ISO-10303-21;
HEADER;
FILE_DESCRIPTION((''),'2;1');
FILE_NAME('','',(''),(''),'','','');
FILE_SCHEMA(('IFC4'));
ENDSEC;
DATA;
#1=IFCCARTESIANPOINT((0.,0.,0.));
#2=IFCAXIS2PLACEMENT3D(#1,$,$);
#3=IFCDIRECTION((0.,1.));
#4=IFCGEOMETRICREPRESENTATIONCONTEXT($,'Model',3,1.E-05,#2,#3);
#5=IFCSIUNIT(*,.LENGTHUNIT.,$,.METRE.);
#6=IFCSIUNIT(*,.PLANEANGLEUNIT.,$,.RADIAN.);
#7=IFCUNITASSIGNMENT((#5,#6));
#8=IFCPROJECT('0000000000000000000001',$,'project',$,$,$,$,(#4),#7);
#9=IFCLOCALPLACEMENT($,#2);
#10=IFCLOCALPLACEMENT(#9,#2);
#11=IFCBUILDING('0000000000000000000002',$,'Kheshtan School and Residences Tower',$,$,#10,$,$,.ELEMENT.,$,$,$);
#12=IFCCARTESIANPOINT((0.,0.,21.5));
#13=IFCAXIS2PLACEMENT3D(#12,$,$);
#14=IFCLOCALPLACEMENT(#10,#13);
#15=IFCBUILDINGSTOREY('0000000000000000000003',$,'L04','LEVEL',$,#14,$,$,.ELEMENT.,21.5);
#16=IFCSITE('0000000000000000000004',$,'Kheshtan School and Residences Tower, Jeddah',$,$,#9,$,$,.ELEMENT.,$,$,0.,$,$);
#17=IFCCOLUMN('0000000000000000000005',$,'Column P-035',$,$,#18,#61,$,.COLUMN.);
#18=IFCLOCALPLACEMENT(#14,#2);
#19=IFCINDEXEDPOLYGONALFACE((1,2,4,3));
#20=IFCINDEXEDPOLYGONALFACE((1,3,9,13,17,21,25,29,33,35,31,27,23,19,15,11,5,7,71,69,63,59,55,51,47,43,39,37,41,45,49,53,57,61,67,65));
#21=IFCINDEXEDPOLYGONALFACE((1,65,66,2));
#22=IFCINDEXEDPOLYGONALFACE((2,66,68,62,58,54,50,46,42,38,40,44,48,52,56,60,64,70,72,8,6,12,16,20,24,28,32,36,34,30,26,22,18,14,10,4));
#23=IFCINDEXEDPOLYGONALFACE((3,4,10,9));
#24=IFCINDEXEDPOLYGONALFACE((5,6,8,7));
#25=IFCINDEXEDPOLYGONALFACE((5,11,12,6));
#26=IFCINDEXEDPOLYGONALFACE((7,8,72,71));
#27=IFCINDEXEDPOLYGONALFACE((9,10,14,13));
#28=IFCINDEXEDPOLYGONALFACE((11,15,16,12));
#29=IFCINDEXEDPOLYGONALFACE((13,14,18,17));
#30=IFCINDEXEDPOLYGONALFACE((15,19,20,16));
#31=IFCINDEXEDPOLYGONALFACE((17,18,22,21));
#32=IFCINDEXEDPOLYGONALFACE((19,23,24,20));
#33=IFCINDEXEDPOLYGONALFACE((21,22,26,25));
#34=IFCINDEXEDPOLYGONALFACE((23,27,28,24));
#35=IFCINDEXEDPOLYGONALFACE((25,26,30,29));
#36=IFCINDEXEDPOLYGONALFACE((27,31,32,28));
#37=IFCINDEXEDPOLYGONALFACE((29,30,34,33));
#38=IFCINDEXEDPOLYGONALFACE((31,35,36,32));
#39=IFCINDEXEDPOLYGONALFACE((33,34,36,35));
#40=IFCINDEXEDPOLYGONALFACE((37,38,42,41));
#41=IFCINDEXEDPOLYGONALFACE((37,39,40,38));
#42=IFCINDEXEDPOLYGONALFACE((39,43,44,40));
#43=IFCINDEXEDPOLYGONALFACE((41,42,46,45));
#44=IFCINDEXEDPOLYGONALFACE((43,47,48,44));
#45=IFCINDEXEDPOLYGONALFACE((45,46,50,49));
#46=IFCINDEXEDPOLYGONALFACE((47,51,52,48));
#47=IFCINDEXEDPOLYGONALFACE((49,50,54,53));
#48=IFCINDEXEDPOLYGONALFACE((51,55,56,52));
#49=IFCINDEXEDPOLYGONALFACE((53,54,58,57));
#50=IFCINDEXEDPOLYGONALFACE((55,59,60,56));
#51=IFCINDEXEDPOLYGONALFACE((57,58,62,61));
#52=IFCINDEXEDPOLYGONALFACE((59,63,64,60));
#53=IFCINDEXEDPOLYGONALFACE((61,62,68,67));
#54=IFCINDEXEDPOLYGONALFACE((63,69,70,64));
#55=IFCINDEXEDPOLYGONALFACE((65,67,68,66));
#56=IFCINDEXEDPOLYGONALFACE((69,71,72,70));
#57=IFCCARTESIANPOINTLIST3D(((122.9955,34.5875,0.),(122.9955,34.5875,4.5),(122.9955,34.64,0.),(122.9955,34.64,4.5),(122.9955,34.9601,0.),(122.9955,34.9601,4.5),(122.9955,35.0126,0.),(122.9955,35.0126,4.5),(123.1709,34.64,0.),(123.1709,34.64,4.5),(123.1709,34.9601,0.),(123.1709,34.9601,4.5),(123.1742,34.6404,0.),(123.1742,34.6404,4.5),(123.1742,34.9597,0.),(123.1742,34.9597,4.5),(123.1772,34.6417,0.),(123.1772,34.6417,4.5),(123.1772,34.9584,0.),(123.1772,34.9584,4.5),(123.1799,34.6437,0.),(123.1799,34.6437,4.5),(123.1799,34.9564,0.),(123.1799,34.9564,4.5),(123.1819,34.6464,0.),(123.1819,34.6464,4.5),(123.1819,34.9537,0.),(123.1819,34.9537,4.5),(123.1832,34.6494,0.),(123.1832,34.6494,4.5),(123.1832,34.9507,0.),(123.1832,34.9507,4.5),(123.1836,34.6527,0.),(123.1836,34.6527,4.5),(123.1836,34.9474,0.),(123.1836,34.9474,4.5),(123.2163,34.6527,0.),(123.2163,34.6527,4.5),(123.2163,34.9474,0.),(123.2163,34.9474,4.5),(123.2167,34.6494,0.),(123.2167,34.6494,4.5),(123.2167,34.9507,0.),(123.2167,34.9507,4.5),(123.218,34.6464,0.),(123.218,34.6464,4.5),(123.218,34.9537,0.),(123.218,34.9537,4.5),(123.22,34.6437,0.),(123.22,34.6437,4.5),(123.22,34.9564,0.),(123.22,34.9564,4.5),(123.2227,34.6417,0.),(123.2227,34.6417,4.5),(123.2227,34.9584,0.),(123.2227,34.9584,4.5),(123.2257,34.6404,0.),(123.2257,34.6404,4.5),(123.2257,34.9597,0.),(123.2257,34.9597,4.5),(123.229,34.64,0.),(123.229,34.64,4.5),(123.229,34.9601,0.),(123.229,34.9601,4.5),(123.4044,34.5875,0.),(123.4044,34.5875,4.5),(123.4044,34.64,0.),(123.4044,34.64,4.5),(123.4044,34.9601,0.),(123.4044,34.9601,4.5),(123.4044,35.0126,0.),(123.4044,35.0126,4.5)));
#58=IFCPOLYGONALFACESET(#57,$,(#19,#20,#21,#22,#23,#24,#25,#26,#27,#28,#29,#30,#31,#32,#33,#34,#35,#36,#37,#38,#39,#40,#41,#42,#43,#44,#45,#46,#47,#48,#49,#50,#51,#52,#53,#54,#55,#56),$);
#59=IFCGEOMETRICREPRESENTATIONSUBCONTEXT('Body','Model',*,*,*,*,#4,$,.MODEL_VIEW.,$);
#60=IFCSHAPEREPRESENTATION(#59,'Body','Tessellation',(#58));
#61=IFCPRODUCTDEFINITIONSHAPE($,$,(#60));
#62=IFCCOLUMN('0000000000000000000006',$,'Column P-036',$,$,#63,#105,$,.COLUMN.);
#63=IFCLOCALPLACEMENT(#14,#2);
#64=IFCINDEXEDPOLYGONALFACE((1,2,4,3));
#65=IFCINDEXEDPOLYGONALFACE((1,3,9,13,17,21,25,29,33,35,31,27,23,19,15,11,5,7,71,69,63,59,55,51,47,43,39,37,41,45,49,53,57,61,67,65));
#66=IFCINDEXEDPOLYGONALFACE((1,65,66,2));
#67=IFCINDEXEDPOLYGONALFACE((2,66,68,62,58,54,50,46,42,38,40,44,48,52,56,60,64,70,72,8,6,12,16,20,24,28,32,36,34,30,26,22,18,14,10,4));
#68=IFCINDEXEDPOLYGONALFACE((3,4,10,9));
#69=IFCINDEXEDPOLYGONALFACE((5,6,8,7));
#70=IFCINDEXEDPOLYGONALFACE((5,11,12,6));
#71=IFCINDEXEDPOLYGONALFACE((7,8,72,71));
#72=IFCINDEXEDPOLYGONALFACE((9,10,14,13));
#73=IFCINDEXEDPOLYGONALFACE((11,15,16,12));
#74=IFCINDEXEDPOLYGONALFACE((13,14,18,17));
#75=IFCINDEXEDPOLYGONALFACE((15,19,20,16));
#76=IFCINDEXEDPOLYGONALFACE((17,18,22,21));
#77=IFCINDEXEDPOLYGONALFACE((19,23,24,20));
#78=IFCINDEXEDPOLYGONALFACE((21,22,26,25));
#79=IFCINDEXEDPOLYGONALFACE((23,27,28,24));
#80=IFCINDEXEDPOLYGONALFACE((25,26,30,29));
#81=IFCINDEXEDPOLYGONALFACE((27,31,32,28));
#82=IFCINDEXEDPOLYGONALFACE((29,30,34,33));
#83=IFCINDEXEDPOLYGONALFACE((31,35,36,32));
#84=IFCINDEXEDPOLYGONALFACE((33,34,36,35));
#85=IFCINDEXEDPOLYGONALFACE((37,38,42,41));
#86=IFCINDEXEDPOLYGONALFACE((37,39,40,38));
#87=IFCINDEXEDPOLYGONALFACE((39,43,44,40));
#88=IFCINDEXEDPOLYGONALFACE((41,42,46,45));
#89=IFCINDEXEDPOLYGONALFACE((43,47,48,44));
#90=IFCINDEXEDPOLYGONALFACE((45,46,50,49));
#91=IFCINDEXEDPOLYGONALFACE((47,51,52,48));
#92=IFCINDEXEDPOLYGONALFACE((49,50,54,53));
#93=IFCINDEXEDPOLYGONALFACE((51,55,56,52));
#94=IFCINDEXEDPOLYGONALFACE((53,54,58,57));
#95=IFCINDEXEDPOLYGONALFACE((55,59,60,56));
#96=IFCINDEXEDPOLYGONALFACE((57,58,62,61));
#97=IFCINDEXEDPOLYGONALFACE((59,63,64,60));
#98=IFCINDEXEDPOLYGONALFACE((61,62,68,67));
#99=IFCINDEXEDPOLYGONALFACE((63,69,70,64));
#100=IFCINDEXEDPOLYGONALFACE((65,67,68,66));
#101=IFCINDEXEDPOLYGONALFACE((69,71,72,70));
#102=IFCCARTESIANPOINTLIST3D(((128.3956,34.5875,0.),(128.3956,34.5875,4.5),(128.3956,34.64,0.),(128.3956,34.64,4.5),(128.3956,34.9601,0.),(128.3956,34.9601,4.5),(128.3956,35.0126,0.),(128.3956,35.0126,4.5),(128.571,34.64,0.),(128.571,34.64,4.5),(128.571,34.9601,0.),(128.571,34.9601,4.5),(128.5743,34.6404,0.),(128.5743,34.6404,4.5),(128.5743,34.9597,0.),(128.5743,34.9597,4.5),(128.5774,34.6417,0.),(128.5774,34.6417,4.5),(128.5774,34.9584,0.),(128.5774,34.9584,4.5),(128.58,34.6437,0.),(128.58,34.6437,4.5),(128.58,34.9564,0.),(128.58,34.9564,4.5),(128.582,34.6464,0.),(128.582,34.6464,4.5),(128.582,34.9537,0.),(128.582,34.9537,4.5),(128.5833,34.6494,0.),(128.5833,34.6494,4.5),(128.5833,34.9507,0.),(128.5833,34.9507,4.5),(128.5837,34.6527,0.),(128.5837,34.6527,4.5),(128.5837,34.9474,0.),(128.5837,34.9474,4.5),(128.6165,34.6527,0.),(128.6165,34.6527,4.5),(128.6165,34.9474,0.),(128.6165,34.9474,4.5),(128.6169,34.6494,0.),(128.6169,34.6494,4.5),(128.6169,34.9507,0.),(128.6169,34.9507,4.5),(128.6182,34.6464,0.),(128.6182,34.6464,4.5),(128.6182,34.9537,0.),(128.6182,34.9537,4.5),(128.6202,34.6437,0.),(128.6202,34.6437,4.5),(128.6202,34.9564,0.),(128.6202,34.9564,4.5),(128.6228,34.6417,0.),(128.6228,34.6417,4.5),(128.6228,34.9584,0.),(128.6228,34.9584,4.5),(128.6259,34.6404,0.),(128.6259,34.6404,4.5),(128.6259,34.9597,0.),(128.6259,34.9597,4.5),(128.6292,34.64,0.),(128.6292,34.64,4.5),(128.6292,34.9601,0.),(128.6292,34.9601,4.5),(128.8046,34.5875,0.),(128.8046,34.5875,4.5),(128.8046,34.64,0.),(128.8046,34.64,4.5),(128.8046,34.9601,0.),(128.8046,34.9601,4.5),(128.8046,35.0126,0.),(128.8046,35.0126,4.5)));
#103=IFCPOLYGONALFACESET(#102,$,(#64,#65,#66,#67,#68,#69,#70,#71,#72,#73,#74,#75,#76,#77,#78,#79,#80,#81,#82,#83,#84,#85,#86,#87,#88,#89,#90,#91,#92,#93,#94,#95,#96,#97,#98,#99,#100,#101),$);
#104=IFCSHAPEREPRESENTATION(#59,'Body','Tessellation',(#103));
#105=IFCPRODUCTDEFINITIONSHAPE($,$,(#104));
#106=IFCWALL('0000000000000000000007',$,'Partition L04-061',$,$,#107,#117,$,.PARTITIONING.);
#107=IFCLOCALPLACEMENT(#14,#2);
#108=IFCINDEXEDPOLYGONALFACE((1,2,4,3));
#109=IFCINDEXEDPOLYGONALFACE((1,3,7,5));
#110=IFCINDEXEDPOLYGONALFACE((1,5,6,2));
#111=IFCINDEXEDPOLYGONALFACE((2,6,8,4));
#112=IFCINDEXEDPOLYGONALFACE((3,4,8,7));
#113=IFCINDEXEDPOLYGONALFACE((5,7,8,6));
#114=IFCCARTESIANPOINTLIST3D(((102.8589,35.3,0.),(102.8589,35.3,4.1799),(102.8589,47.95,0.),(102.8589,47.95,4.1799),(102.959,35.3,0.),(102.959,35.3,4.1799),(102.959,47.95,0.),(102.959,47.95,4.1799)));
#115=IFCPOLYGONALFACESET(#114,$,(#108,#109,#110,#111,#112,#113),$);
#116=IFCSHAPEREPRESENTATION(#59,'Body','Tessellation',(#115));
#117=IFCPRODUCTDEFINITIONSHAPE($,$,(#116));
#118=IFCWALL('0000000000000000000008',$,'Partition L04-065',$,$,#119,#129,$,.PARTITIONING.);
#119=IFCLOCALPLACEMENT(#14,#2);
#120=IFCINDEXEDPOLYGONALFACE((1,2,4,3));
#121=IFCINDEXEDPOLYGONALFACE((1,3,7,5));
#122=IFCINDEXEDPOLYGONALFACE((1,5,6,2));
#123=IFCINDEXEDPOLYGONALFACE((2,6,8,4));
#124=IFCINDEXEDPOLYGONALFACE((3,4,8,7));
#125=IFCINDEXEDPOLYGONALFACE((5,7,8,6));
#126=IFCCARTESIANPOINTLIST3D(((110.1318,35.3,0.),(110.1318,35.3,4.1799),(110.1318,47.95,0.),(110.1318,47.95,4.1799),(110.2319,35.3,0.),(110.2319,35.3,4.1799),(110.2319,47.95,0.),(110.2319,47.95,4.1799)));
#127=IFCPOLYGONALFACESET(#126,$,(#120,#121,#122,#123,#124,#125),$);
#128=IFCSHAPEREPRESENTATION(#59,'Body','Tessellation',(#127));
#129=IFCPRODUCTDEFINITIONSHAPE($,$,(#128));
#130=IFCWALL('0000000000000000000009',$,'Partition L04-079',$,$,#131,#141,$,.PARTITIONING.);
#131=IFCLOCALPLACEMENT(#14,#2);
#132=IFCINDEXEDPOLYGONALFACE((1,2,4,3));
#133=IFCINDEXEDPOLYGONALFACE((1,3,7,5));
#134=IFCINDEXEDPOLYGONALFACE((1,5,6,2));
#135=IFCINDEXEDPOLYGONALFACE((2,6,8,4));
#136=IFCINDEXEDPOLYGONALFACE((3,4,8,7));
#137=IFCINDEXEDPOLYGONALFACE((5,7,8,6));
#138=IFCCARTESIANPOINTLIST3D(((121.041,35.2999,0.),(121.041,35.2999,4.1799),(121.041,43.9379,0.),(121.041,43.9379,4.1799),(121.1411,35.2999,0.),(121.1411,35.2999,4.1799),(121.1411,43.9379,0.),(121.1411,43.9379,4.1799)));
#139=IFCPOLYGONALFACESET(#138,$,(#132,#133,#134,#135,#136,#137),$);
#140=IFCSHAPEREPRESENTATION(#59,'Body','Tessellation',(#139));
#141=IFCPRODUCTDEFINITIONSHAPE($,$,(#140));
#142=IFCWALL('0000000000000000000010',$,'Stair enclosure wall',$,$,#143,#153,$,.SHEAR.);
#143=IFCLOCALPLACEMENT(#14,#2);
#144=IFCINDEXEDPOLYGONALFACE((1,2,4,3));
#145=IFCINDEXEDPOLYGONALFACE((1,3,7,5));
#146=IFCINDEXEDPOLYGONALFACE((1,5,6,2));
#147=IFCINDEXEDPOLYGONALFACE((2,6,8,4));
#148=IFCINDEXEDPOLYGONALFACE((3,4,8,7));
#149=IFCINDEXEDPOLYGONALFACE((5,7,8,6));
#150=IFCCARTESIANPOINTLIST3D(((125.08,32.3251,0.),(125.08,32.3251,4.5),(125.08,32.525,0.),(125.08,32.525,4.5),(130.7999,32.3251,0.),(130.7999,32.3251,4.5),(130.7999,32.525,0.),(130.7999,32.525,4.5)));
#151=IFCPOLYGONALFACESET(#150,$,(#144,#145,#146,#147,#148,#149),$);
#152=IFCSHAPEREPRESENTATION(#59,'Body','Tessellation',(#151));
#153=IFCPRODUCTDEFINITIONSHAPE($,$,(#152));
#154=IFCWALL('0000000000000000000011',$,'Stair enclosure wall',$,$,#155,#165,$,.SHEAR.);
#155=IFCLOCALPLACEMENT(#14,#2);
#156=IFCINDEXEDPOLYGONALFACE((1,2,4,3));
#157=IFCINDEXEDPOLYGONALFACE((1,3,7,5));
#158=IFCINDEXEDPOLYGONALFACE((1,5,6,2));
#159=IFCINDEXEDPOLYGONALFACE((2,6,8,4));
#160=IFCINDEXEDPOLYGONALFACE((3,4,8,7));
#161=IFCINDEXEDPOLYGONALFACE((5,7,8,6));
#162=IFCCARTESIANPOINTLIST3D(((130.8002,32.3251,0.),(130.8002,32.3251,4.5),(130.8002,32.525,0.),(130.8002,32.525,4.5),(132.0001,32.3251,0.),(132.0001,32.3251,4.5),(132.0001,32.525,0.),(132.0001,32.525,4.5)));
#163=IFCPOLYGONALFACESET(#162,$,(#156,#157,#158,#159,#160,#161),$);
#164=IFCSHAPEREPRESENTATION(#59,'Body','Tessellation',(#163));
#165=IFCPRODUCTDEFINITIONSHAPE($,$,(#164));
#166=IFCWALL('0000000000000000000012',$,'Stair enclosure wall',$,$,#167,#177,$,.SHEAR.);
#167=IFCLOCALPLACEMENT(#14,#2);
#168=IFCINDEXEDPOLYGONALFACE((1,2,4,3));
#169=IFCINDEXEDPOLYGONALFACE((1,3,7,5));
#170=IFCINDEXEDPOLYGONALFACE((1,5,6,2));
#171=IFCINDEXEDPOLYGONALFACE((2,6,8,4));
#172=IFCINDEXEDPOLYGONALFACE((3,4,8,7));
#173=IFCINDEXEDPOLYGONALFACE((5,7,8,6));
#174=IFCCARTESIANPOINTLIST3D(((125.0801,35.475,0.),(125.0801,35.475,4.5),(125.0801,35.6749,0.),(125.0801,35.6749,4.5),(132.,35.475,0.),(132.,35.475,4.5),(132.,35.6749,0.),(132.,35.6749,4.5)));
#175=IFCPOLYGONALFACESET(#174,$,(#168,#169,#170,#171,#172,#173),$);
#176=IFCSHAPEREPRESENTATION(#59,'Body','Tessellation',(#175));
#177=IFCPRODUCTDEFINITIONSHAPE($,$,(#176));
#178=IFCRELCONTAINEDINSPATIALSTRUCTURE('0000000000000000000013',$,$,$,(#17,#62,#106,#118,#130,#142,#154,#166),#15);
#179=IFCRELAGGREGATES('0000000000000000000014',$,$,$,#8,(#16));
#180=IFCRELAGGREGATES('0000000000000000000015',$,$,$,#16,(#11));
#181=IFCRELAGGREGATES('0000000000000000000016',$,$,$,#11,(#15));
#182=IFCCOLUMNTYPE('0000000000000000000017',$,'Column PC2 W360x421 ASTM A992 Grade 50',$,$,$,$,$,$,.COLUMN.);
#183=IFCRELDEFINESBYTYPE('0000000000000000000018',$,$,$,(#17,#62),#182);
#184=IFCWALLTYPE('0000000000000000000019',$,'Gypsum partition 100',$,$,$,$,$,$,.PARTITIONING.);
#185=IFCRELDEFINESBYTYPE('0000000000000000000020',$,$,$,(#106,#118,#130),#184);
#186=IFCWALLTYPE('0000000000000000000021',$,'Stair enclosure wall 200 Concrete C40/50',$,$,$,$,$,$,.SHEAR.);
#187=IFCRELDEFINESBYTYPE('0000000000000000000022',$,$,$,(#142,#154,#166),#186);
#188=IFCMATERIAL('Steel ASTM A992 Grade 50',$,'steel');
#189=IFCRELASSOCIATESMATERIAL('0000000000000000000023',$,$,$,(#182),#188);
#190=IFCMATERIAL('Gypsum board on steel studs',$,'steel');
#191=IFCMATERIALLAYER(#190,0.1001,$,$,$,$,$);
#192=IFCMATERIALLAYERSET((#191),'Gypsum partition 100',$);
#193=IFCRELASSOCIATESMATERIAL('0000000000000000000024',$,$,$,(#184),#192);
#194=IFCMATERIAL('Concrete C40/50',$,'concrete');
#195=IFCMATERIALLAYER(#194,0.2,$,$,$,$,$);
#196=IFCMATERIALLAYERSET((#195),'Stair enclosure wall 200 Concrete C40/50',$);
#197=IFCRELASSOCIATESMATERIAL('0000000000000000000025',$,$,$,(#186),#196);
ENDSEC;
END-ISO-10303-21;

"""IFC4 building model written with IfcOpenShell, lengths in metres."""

from ifc_helpers import new_model, si_unit, direction, frame, frame_2d, origin, origin_2d, place, context, subcontext, project, spatial, rectangle, i_section, extrude, material, layer, layer_set, material_profile, profile_set, type_object, element, save


model = new_model("IFC4")

# Units and contexts
model_context = context("Model", 3, precision=1e-05, world=origin(), true_north=direction((0.0, 1.0)))
body_context = subcontext(model_context, "Body", "Model", "MODEL_VIEW")
ifc_project = project(units=[si_unit("LENGTHUNIT", "METRE"), si_unit("PLANEANGLEUNIT", "RADIAN")], contexts=[model_context])

# Site, building, storey
site_placement = place(None, origin())
site = spatial("IfcSite", under=ifc_project, at=site_placement, Name="Kheshtan School and Residences Tower, Jeddah", CompositionType="ELEMENT", RefElevation=0.0)
building_placement = place(site_placement, origin())
building = spatial("IfcBuilding", under=site, at=building_placement, Name="Kheshtan School and Residences Tower", CompositionType="ELEMENT")
storey_placement = place(building_placement, frame((0.0, 0.0, 21.5)))
storey = spatial("IfcBuildingStorey", under=building, at=storey_placement, Name="L04", Description="LEVEL", CompositionType="ELEMENT", Elevation=21.5)

# Columns
ifc_material_1 = material(Name="Steel ASTM A992 Grade 50", Category="steel")
ifc_material_profile = material_profile(ifc_material_1, i_section(OverallWidth=0.4089, OverallDepth=0.425, WebThickness=0.0327, FlangeThickness=0.0525, FilletRadius=0.0127, at=origin_2d()), Name="W360x421")
ifc_profile_set = profile_set([ifc_material_profile], Name="Steel ASTM A992 Grade 50")
column_type = type_object("IfcColumnType", Name="Column PC2 W360x421 ASTM A992 Grade 50", PredefinedType="COLUMN", material=ifc_profile_set)
for number, where, z_axis, x_axis, name in (
    (1, (123.2, 34.8, 0.0), (0.0, 0.0, 1.0), (1.0, 0.0, 0.0), "Column P-035"),
    (2, (128.6001, 34.8, 0.0), (0.0, 0.0, 1.0), (1.0, 0.0, 0.0), "Column P-036"),
):
    element("IfcColumn", number, at=place(storey_placement, frame(where, z_axis=z_axis, x_axis=x_axis)), inside=storey, type_object=column_type, Name=name, PredefinedType="COLUMN", context=body_context, shape_type="SweptSolid", body=[
        extrude(i_section(OverallWidth=0.4089, OverallDepth=0.425, WebThickness=0.0327, FlangeThickness=0.0525, FilletRadius=0.0127, at=origin_2d()), origin(), (0.0, 0.0, 1.0), 4.5),
    ])

# Walls
ifc_material_2 = material(Name="Gypsum board on steel studs", Category="steel")
ifc_layer_1 = layer(ifc_material_2, 0.1001)
ifc_layer_set_1 = layer_set([ifc_layer_1], Name="Gypsum partition 100")
wall_type_1 = type_object("IfcWallType", Name="Gypsum partition 100", PredefinedType="PARTITIONING", material=ifc_layer_set_1)
for number, where, z_axis, x_axis, name in (
    (3, (102.9089, 35.3, 0.0), (0.0, 0.0, 1.0), (0.0, 1.0, 0.0), "Partition L04-061"),
    (4, (110.1819, 35.3, 0.0), (0.0, 0.0, 1.0), (0.0, 1.0, 0.0), "Partition L04-065"),
):
    element("IfcWall", number, at=place(storey_placement, frame(where, z_axis=z_axis, x_axis=x_axis)), inside=storey, type_object=wall_type_1, Name=name, PredefinedType="PARTITIONING", context=body_context, shape_type="SweptSolid", body=[
        extrude(rectangle(XDim=12.6499, YDim=0.1001, at=frame_2d((6.325, 0.0))), origin(), (0.0, 0.0, 1.0), 4.1799),
    ])
wall_1_placement = place(storey_placement, frame((121.0911, 35.3, 0.0), z_axis=(0.0, 0.0, 1.0), x_axis=(0.0, 1.0, 0.0)))
element("IfcWall", 5, at=wall_1_placement, inside=storey, type_object=wall_type_1, Name="Partition L04-079", PredefinedType="PARTITIONING", context=body_context, shape_type="SweptSolid", body=[
    extrude(rectangle(XDim=8.6379, YDim=0.1001, at=frame_2d((4.3188, 0.0))), origin(), (0.0, 0.0, 1.0), 4.1799),
])
ifc_material_3 = material(Name="Concrete C40/50", Category="concrete")
ifc_layer_2 = layer(ifc_material_3, 0.2)
ifc_layer_set_2 = layer_set([ifc_layer_2], Name="Stair enclosure wall 200 Concrete C40/50")
wall_type_2 = type_object("IfcWallType", Name="Stair enclosure wall 200 Concrete C40/50", PredefinedType="SHEAR", material=ifc_layer_set_2)
wall_2_placement = place(storey_placement, frame((125.0801, 32.425, 0.0), z_axis=(0.0, 0.0, 1.0), x_axis=(1.0, 0.0, 0.0)))
element("IfcWall", 6, at=wall_2_placement, inside=storey, type_object=wall_type_2, Name="Stair enclosure wall", PredefinedType="SHEAR", context=body_context, shape_type="SweptSolid", body=[
    extrude(rectangle(XDim=5.72, YDim=0.2, at=frame_2d((2.8599, 0.0))), origin(), (0.0, 0.0, 1.0), 4.5),
])
wall_3_placement = place(storey_placement, frame((130.8, 32.425, 0.0), z_axis=(0.0, 0.0, 1.0), x_axis=(1.0, 0.0, 0.0)))
element("IfcWall", 7, at=wall_3_placement, inside=storey, type_object=wall_type_2, Name="Stair enclosure wall", PredefinedType="SHEAR", context=body_context, shape_type="SweptSolid", body=[
    extrude(rectangle(XDim=1.2, YDim=0.2, at=frame_2d((0.6001, 0.0))), origin(), (0.0, 0.0, 1.0), 4.5),
])
wall_4_placement = place(storey_placement, frame((125.0801, 35.575, 0.0), z_axis=(0.0, 0.0, 1.0), x_axis=(1.0, 0.0, 0.0)))
element("IfcWall", 8, at=wall_4_placement, inside=storey, type_object=wall_type_2, Name="Stair enclosure wall", PredefinedType="SHEAR", context=body_context, shape_type="SweptSolid", body=[
    extrude(rectangle(XDim=6.9199, YDim=0.2, at=frame_2d((3.46, 0.0))), origin(), (0.0, 0.0, 1.0), 4.5),
])

save(model, "model.ifc")
